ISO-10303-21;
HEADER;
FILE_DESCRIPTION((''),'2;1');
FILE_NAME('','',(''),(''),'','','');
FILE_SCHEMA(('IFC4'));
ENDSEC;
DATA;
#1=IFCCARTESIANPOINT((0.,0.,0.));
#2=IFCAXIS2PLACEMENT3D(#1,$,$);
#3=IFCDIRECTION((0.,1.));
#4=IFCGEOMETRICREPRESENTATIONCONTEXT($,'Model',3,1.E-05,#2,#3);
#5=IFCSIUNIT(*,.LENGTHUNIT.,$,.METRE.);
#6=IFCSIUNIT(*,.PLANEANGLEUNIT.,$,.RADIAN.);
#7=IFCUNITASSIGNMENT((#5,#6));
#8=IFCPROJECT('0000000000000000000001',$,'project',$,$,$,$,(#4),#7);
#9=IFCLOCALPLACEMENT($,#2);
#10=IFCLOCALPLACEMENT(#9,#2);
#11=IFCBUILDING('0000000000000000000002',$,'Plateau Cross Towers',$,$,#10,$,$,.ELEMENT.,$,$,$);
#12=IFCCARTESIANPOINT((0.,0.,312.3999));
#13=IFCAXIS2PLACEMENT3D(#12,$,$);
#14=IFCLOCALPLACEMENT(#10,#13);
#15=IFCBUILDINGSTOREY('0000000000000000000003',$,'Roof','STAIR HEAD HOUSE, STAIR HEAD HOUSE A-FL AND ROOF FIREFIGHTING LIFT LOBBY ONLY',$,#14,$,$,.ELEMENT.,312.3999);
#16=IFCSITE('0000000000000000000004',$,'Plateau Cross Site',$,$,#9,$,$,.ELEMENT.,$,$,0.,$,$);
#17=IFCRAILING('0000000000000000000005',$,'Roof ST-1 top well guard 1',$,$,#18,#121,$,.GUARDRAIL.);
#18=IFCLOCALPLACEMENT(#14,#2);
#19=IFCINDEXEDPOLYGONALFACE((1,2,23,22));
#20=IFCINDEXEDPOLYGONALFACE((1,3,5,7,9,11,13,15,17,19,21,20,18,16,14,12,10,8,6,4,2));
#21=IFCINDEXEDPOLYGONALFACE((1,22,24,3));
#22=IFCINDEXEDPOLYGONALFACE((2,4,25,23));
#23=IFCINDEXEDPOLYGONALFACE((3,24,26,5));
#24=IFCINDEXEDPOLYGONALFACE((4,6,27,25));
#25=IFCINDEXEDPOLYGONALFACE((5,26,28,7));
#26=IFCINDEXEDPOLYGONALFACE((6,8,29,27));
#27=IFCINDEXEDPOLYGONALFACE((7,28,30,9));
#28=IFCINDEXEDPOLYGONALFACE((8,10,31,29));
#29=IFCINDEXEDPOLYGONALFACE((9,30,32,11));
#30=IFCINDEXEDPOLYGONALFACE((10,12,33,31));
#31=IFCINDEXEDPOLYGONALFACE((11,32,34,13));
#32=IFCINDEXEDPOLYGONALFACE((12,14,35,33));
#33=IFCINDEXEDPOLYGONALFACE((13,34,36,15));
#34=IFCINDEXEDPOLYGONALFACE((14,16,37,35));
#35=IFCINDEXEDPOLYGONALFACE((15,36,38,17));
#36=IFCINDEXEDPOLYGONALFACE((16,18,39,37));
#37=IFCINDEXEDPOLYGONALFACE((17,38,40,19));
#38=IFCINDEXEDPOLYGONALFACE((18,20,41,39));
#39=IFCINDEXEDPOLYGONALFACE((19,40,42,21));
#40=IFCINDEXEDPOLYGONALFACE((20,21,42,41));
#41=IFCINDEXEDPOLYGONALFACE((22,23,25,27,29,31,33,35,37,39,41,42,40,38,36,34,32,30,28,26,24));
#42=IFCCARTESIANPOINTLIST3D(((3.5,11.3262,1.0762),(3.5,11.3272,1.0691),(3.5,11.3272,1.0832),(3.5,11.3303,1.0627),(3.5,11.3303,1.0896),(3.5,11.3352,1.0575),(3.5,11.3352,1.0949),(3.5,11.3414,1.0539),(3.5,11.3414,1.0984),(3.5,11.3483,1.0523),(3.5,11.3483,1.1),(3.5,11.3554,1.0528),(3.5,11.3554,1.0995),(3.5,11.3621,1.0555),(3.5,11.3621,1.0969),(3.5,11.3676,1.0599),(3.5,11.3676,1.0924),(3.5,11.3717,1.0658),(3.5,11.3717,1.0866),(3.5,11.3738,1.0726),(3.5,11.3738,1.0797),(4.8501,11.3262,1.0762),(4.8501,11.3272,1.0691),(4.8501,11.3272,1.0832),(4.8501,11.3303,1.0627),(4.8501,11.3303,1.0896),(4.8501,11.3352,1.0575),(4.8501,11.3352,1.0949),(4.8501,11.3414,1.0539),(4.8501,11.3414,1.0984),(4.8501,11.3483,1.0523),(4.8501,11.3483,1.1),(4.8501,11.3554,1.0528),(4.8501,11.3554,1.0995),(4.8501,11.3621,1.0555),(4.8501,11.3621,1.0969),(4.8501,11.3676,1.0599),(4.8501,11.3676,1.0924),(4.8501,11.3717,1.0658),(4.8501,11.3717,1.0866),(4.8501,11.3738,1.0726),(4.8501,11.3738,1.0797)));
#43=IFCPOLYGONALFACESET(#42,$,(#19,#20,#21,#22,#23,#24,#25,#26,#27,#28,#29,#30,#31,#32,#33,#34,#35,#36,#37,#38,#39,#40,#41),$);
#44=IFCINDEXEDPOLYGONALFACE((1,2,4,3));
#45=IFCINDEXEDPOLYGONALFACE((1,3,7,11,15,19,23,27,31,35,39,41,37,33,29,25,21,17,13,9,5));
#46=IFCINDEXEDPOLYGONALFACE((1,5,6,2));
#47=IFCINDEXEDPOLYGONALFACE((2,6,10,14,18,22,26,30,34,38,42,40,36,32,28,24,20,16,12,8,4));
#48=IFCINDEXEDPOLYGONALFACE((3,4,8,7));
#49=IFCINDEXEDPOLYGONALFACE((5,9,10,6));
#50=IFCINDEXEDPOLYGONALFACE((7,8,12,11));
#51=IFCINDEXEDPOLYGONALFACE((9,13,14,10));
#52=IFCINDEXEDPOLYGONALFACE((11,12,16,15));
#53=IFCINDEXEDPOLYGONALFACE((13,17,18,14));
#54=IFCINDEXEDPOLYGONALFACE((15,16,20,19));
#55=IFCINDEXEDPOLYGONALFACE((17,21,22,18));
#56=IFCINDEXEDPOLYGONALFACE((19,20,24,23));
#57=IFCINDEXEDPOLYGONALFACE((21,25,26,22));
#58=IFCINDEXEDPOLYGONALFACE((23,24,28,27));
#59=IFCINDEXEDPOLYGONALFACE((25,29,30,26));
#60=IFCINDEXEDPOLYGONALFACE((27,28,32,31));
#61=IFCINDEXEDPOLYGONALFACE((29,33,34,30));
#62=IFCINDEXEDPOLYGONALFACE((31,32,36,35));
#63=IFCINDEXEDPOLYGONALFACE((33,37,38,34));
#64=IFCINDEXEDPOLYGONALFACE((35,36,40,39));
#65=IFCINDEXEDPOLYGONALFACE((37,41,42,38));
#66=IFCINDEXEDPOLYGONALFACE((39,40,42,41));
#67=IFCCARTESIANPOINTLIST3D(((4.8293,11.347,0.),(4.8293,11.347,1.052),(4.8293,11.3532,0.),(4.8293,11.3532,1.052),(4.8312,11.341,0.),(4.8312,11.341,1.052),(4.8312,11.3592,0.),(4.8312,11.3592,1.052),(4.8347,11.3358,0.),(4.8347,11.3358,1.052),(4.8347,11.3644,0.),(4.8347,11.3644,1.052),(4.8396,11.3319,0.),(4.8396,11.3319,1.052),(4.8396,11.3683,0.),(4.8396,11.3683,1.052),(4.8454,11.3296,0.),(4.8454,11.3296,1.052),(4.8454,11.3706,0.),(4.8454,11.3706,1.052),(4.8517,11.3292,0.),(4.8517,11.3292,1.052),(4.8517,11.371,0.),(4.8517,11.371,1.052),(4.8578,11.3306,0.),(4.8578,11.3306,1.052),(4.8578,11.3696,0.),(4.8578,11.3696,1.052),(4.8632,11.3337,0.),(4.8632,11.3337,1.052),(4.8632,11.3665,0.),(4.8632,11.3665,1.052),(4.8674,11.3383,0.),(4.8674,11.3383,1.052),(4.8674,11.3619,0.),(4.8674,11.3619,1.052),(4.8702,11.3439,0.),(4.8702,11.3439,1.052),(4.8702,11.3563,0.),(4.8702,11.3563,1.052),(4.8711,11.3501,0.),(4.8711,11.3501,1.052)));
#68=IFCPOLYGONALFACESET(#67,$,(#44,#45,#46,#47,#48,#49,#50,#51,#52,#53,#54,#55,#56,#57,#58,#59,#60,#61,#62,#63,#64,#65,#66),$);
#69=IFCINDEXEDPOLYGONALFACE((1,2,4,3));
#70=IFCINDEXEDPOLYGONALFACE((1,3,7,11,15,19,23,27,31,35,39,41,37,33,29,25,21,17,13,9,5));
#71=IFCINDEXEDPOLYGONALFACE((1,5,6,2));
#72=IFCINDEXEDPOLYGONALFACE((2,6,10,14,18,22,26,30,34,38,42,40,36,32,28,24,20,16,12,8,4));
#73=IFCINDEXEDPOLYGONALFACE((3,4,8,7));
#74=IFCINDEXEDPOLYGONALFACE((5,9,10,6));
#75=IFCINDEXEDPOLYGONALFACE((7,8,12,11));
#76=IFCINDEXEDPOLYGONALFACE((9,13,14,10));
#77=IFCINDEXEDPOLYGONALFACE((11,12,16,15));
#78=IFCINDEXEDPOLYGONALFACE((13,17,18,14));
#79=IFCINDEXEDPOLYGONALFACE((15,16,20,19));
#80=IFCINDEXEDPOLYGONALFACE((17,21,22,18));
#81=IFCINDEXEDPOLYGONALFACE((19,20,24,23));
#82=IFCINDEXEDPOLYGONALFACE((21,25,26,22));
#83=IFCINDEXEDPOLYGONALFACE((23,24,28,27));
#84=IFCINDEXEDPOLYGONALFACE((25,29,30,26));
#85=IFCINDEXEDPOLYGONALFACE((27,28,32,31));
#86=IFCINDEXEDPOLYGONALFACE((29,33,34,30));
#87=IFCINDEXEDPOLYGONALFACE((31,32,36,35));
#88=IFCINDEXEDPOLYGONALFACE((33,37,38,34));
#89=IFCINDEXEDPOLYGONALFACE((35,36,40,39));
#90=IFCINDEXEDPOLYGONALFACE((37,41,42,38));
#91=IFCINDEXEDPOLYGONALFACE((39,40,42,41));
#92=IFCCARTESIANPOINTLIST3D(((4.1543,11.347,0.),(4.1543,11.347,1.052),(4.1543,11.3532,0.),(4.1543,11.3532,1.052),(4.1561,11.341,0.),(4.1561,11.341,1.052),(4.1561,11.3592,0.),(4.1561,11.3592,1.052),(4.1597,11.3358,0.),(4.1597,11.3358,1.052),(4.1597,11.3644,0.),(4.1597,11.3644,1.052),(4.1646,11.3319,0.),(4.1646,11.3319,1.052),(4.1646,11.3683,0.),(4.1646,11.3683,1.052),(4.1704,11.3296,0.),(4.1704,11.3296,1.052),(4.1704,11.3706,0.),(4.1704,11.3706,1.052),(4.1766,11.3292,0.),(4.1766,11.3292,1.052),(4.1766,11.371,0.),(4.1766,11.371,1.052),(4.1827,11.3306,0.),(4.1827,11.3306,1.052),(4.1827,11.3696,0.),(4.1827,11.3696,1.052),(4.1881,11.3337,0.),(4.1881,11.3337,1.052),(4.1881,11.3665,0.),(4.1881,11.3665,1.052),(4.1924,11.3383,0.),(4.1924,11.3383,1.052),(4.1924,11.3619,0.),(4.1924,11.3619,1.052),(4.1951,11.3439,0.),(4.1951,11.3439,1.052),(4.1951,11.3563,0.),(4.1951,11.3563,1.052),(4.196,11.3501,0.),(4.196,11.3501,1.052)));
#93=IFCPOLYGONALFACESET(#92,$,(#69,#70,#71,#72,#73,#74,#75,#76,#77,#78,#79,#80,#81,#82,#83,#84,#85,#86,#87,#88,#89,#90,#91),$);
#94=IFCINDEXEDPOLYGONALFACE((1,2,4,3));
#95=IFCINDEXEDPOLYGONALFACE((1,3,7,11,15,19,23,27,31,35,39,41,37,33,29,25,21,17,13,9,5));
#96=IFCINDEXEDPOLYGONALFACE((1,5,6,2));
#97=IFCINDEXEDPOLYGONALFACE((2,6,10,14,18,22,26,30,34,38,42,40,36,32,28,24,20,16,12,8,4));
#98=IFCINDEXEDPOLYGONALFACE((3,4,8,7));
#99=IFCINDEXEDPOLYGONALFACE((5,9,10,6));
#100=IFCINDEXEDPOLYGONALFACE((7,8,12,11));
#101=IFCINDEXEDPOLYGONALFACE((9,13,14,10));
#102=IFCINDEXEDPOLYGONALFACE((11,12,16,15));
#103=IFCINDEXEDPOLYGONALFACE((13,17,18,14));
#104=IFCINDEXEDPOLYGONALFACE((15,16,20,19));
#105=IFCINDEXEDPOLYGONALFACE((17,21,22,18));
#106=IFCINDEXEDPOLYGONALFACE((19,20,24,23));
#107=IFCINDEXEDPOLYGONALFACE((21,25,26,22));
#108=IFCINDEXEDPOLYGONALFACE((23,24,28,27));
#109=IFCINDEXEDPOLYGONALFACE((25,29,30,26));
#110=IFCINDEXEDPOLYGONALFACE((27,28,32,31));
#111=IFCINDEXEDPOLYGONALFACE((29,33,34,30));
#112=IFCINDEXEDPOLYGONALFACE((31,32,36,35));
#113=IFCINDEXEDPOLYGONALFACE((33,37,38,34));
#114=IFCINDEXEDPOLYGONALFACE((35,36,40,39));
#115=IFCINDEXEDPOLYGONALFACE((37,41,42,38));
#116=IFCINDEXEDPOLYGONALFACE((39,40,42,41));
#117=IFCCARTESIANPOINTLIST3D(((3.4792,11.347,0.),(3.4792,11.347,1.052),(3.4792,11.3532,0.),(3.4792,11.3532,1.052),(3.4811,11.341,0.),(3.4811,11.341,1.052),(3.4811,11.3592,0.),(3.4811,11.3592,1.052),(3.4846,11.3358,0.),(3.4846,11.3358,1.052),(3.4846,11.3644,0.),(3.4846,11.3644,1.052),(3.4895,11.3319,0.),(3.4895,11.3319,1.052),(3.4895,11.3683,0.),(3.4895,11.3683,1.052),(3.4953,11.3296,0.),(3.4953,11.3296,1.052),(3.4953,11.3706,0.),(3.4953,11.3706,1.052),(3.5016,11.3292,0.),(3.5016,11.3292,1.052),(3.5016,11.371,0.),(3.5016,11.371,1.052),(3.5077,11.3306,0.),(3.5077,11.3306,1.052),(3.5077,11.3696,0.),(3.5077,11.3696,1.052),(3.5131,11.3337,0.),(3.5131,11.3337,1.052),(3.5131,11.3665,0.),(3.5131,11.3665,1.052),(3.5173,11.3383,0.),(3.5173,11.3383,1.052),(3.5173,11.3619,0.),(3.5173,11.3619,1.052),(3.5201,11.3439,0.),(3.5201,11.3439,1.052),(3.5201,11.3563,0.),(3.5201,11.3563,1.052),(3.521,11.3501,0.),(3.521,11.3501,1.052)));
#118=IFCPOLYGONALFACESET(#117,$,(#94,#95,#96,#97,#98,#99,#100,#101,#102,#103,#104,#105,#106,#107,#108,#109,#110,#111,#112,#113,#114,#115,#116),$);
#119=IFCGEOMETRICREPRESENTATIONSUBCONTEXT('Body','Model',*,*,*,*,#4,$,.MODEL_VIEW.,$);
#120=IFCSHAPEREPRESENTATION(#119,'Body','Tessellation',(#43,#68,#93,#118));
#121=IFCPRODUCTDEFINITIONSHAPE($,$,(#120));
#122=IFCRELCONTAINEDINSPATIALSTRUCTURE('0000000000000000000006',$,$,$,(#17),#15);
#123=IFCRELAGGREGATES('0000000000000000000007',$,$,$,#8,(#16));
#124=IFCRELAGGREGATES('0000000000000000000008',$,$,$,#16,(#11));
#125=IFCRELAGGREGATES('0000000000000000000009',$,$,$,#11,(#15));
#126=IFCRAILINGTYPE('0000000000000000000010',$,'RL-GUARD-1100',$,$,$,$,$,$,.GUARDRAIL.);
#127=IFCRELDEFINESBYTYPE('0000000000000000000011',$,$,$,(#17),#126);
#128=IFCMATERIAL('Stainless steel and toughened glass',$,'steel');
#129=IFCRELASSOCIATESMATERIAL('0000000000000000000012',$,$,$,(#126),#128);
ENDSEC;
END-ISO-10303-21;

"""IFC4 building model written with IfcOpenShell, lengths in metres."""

from ifc_helpers import new_model, si_unit, direction, frame, origin, origin_2d, place, context, subcontext, project, spatial, circle, extrude, material, type_object, element, save


model = new_model("IFC4")

# Units and contexts
model_context = context("Model", 3, precision=1e-05, world=origin(), true_north=direction((0.0, 1.0)))
body_context = subcontext(model_context, "Body", "Model", "MODEL_VIEW")
ifc_project = project(units=[si_unit("LENGTHUNIT", "METRE"), si_unit("PLANEANGLEUNIT", "RADIAN")], contexts=[model_context])

# Site, building, storey
site_placement = place(None, origin())
site = spatial("IfcSite", under=ifc_project, at=site_placement, Name="Plateau Cross Site", CompositionType="ELEMENT", RefElevation=0.0)
building_placement = place(site_placement, origin())
building = spatial("IfcBuilding", under=site, at=building_placement, Name="Plateau Cross Towers", CompositionType="ELEMENT")
storey_placement = place(building_placement, frame((0.0, 0.0, 312.3999)))
storey = spatial("IfcBuildingStorey", under=building, at=storey_placement, Name="Roof", Description="STAIR HEAD HOUSE, STAIR HEAD HOUSE A-FL AND ROOF FIREFIGHTING LIFT LOBBY ONLY", CompositionType="ELEMENT", Elevation=312.3999)

# Railing
ifc_material_1 = material(Name="Stainless steel and toughened glass", Category="steel")
railing_type = type_object("IfcRailingType", Name="RL-GUARD-1100", PredefinedType="GUARDRAIL", material=ifc_material_1)
railing_placement = place(storey_placement, frame((4.8501, 11.3501, 0.0)))
element("IfcRailing", 1, at=railing_placement, inside=storey, type_object=railing_type, Name="Roof ST-1 top well guard 1", PredefinedType="GUARDRAIL", context=body_context, shape_type="SweptSolid", body=[
    extrude(circle(Radius=0.0239, at=origin_2d()), frame((0.0, 0.0, 1.0762), z_axis=(-1.0, 0.0, 0.0), x_axis=(0.0, -1.0, 0.0)), (0.0, 0.0, 1.0), 1.3501),
    extrude(circle(Radius=0.021, at=origin_2d()), origin(), (0.0, 0.0, 1.0), 1.052),
    extrude(circle(Radius=0.021, at=origin_2d()), frame((-0.675, 0.0, 0.0)), (0.0, 0.0, 1.0), 1.052),
    extrude(circle(Radius=0.021, at=origin_2d()), frame((-1.3501, 0.0, 0.0)), (0.0, 0.0, 1.0), 1.052),
])

save(model, "model.ifc")
